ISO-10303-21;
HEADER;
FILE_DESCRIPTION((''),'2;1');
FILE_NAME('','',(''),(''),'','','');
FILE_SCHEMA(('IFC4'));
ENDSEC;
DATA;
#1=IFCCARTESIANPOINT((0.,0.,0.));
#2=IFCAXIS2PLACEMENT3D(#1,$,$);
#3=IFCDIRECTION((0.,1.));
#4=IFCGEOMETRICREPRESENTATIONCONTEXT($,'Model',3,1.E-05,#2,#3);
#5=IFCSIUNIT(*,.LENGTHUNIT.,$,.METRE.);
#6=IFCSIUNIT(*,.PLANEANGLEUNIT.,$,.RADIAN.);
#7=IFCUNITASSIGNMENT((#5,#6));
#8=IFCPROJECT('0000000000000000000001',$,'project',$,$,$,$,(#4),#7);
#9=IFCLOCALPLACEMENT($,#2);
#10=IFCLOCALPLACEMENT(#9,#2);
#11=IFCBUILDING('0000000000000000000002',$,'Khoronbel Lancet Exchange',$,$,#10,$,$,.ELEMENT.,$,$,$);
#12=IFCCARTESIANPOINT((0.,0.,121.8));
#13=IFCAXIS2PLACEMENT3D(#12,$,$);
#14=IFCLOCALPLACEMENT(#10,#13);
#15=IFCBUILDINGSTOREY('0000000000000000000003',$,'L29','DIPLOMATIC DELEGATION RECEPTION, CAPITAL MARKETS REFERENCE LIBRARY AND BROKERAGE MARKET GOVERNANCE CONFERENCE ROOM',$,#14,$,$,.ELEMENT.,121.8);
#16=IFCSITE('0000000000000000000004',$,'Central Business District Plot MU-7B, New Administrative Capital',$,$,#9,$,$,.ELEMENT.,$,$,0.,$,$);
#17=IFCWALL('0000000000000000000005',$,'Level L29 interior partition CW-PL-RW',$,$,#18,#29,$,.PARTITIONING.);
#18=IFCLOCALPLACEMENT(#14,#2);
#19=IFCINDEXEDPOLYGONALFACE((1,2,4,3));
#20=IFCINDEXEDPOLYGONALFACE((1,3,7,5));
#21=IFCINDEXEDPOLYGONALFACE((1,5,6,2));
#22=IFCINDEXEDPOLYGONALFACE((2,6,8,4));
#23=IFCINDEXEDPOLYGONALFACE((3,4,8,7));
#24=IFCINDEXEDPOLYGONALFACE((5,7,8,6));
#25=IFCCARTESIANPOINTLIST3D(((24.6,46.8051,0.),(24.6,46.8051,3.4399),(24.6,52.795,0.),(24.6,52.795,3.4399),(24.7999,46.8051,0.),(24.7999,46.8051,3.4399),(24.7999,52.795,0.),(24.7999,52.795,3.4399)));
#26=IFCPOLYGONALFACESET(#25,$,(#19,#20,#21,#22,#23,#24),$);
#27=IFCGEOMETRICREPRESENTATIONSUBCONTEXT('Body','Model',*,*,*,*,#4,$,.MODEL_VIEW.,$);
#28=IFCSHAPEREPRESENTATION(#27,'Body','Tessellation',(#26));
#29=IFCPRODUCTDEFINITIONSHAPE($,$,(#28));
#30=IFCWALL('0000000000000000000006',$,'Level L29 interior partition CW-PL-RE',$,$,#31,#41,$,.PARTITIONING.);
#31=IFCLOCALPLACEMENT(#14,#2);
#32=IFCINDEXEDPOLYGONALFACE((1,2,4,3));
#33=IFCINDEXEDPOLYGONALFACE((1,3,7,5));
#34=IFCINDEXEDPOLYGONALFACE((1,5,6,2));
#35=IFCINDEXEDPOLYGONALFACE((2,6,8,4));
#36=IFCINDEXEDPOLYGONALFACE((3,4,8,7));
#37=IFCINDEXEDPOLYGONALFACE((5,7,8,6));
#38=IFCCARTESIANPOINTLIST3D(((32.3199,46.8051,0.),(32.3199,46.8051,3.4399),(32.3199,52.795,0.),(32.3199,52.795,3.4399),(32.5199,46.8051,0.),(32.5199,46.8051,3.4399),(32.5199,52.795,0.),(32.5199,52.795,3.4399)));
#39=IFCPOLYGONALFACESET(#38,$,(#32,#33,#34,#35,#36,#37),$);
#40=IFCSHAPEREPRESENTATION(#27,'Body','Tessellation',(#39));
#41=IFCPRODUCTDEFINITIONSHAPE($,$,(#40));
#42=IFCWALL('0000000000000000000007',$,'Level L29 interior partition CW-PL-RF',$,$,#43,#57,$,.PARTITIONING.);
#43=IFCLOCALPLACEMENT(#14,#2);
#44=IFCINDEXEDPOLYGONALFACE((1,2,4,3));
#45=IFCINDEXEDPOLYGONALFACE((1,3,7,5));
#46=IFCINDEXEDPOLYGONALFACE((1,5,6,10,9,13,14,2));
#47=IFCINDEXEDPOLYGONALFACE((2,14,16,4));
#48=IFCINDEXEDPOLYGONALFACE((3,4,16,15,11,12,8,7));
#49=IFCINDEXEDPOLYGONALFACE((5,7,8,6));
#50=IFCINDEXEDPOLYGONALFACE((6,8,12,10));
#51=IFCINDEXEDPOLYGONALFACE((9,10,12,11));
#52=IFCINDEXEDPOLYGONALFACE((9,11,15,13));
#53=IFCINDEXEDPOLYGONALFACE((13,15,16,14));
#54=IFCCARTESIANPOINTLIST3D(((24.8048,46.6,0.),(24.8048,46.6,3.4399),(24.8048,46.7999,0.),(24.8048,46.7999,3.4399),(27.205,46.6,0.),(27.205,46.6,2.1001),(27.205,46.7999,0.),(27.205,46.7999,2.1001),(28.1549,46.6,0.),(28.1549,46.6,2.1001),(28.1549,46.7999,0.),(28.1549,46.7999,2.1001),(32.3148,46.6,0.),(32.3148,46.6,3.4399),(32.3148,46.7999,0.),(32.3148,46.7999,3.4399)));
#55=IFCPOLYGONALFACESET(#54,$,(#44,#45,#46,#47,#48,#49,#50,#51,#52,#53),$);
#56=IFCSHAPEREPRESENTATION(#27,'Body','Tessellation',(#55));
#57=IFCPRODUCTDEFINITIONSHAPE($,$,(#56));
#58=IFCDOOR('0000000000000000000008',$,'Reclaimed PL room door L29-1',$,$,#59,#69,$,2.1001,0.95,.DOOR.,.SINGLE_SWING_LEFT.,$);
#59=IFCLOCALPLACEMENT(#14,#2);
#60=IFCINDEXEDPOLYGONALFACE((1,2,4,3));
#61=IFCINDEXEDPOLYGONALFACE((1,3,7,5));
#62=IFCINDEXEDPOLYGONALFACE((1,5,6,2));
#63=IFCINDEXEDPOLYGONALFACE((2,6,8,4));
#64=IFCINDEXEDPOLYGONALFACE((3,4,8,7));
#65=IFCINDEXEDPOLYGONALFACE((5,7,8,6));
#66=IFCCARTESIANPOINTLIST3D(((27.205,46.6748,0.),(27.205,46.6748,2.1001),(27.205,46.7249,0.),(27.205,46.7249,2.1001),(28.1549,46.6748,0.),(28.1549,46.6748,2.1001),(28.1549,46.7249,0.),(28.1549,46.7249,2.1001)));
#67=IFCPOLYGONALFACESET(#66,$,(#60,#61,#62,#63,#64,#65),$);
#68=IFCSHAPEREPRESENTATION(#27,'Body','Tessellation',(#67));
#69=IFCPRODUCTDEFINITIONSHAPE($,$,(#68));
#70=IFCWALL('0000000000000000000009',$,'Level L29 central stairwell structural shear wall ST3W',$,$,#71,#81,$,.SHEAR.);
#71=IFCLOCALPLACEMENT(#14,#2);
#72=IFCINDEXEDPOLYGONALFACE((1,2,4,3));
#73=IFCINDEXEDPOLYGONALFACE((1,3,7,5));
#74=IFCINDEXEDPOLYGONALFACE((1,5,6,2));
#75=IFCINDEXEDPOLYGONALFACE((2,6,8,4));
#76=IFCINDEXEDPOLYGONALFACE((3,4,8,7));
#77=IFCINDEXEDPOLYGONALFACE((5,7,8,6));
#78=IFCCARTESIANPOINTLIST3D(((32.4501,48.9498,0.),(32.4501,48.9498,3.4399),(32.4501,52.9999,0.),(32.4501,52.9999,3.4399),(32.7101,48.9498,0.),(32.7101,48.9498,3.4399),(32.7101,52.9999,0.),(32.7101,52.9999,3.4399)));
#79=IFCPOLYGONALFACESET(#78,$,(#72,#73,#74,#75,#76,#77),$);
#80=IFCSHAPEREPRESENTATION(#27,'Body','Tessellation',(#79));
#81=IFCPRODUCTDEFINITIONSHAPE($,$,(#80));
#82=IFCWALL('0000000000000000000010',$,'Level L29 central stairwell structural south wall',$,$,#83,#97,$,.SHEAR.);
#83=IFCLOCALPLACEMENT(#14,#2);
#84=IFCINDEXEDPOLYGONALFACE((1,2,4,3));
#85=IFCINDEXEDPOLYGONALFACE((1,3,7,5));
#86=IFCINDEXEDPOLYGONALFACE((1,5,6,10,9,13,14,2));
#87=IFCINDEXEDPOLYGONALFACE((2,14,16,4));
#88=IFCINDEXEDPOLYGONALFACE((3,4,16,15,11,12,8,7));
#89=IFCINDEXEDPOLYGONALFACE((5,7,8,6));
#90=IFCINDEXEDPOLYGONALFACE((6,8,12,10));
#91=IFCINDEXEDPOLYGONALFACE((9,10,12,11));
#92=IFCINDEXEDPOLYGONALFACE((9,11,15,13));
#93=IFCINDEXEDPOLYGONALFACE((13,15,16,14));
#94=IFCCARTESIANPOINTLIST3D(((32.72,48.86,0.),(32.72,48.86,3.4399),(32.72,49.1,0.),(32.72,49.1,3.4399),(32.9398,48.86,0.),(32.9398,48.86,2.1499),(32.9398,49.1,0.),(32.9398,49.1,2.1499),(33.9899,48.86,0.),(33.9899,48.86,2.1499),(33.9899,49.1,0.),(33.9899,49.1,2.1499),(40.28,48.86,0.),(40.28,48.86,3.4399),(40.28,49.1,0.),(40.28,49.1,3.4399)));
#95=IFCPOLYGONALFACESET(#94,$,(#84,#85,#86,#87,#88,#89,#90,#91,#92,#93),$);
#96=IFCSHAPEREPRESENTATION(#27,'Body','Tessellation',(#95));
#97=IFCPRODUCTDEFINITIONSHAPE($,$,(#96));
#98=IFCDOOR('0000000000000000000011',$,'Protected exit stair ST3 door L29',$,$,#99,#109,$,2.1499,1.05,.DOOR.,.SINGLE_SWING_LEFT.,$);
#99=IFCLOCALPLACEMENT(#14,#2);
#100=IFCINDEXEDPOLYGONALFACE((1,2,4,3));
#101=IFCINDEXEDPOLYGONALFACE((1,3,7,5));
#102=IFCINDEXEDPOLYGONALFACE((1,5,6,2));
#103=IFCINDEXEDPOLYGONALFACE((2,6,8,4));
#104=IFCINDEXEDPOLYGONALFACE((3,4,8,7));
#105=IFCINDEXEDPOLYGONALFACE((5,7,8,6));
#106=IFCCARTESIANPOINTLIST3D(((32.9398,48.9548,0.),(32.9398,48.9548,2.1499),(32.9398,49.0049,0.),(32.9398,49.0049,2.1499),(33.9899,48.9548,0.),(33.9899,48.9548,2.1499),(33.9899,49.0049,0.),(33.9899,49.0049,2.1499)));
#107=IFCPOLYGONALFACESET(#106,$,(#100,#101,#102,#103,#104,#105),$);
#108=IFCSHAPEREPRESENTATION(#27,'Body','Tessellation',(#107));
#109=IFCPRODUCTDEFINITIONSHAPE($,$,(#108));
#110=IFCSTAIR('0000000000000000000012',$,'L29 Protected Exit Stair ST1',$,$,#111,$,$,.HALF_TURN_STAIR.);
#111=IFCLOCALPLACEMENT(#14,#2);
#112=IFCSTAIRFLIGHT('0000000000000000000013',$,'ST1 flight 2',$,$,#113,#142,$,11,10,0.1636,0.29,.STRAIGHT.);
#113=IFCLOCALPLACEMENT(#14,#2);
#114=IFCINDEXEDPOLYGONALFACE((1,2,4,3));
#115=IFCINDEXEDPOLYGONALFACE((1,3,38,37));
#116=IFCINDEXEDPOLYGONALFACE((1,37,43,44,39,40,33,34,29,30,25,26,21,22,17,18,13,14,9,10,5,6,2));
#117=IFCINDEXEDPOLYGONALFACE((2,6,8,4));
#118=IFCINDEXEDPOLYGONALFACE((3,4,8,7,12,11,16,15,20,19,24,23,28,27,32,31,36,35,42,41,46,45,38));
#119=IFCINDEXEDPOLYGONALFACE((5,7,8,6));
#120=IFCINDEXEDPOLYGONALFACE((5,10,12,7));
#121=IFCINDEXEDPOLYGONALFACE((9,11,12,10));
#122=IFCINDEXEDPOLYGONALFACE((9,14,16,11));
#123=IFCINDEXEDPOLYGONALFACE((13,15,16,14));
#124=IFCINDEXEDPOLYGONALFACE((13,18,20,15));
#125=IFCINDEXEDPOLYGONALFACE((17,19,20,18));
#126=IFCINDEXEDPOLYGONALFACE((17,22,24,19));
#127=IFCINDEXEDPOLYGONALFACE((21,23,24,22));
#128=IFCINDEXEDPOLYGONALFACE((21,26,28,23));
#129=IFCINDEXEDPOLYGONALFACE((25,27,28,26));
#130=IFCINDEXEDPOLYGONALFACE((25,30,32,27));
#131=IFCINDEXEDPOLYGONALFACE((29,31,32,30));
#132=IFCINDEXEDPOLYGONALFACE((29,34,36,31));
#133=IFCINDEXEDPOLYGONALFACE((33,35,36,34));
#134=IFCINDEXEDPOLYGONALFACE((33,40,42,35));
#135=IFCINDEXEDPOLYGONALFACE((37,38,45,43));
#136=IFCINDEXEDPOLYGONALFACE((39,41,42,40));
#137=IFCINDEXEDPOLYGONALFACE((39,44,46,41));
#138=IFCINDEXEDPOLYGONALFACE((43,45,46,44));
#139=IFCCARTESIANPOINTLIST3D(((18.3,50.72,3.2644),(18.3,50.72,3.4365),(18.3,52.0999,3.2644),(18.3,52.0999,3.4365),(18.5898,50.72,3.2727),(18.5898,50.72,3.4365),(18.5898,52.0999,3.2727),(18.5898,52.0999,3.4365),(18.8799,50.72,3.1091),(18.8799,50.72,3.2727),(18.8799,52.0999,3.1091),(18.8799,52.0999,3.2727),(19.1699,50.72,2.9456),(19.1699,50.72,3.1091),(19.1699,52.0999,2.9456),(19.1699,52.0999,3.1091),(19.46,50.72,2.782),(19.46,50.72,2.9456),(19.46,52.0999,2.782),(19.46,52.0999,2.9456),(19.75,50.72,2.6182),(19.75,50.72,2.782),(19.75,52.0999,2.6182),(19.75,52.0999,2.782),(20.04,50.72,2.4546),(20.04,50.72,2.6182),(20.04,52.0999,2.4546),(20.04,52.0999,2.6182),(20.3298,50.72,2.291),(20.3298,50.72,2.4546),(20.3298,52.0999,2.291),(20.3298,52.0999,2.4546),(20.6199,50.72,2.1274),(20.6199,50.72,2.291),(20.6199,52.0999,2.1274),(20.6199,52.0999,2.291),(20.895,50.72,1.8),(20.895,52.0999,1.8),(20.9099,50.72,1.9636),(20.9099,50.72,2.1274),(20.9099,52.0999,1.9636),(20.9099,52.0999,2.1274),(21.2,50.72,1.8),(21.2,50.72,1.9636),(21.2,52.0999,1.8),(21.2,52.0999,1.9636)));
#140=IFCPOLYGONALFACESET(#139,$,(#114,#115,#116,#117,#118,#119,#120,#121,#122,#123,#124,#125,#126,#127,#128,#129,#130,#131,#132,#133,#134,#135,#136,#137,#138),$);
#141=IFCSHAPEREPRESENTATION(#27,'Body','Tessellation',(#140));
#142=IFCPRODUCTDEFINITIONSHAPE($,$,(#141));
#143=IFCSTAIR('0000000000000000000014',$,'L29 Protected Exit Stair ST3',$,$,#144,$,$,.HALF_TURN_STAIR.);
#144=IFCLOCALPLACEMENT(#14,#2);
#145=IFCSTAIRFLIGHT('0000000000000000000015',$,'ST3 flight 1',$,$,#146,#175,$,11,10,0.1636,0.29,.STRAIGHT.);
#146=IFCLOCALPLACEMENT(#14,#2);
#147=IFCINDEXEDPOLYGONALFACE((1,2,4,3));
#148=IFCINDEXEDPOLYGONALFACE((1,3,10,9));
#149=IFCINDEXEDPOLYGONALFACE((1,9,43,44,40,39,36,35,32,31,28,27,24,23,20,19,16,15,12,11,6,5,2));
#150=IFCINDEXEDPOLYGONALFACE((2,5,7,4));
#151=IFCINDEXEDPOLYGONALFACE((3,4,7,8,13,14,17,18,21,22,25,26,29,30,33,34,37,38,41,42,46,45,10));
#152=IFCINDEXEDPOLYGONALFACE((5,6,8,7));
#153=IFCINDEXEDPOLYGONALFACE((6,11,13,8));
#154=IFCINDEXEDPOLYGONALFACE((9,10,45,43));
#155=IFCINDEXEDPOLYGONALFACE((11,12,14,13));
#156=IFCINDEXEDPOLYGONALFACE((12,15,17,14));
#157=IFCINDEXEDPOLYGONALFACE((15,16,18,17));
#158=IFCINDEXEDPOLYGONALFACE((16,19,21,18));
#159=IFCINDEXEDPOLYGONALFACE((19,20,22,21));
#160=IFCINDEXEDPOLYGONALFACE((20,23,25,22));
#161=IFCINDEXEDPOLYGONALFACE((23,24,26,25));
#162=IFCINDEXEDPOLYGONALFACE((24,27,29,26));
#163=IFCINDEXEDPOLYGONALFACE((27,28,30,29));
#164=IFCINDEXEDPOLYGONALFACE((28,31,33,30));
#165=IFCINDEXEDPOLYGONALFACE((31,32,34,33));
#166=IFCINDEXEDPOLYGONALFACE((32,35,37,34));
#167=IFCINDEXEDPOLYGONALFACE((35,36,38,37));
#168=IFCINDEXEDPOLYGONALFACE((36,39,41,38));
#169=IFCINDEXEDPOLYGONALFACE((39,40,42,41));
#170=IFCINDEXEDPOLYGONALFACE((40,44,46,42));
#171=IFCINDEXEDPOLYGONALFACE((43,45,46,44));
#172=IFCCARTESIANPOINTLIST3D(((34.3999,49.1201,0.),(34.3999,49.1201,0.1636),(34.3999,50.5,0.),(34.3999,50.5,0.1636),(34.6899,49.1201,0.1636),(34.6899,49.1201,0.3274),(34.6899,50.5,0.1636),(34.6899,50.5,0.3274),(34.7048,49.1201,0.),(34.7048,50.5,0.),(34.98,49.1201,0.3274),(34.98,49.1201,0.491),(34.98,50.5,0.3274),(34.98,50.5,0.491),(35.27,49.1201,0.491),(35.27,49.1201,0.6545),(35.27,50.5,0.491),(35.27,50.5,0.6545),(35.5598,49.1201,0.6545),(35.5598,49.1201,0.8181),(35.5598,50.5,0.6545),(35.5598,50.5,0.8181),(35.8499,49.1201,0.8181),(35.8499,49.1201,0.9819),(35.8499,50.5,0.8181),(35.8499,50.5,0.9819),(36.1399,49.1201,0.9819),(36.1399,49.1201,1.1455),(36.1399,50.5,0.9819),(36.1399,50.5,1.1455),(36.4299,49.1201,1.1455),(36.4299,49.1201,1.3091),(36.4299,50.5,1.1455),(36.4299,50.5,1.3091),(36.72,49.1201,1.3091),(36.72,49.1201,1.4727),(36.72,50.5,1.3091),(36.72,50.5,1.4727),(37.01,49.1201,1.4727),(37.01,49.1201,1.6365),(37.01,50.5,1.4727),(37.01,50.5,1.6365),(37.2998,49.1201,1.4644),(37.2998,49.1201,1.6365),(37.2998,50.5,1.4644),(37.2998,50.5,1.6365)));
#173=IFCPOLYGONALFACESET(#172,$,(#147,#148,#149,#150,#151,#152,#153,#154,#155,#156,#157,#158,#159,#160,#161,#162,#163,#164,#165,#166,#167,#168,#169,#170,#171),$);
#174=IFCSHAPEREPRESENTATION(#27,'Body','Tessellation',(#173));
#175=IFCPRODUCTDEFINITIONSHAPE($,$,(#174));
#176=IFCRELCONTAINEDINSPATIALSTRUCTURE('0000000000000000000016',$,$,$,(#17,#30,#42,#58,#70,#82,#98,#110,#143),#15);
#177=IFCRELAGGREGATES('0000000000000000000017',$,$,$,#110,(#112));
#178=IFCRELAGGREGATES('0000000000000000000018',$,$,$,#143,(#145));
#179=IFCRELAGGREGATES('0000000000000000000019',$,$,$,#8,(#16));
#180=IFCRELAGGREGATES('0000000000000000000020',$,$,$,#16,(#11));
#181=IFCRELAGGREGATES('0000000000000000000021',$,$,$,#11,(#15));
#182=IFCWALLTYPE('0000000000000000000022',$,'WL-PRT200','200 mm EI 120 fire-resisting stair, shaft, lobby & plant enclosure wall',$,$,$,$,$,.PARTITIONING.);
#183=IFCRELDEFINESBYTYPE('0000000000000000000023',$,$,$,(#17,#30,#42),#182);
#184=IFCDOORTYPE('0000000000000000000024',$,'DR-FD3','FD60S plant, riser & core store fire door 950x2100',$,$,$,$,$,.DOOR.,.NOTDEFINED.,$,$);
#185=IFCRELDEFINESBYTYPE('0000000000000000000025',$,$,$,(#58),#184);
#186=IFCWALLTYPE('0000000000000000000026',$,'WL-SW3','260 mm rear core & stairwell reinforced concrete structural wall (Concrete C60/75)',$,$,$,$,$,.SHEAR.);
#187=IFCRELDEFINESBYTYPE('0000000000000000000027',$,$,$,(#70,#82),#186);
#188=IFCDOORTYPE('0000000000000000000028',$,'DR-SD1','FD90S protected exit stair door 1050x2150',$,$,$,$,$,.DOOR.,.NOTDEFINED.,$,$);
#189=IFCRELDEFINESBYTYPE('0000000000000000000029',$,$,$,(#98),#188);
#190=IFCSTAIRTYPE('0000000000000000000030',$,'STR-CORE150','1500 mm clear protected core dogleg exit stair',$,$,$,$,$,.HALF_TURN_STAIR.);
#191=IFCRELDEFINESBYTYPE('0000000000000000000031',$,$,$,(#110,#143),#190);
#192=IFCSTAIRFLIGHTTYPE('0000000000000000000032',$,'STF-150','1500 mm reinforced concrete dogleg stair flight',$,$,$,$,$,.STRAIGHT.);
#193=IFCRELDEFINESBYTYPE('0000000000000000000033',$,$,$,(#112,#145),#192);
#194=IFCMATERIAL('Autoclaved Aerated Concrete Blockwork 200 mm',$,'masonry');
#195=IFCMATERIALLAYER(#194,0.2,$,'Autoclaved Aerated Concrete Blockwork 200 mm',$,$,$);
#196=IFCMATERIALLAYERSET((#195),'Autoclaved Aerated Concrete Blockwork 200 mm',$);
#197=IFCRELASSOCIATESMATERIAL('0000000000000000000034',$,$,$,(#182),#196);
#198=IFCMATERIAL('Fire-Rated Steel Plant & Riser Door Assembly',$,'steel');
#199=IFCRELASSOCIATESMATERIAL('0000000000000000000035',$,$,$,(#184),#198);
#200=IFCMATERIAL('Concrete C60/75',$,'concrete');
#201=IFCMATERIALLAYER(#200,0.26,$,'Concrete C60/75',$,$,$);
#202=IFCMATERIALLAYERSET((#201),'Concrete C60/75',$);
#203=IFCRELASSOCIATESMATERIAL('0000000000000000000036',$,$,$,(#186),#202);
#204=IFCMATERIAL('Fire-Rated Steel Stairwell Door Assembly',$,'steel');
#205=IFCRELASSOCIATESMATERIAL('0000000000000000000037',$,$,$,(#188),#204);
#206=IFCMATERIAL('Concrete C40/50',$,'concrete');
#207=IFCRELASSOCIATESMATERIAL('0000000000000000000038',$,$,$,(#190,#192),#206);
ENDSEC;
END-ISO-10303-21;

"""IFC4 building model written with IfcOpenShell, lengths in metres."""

from ifc_helpers import new_model, si_unit, direction, frame, frame_2d, origin, place, context, subcontext, project, spatial, polyline, rectangle, outline, extrude, material, layer, layer_set, type_object, element, fill, aggregate, save


model = new_model("IFC4")

# Units and contexts
model_context = context("Model", 3, precision=1e-05, world=origin(), true_north=direction((0.0, 1.0)))
body_context = subcontext(model_context, "Body", "Model", "MODEL_VIEW")
ifc_project = project(units=[si_unit("LENGTHUNIT", "METRE"), si_unit("PLANEANGLEUNIT", "RADIAN")], contexts=[model_context])

# Site, building, storey
site_placement = place(None, origin())
site = spatial("IfcSite", under=ifc_project, at=site_placement, Name="Central Business District Plot MU-7B, New Administrative Capital", CompositionType="ELEMENT", RefElevation=0.0)
building_placement = place(site_placement, origin())
building = spatial("IfcBuilding", under=site, at=building_placement, Name="Khoronbel Lancet Exchange", CompositionType="ELEMENT")
storey_placement = place(building_placement, frame((0.0, 0.0, 121.8)))
storey = spatial("IfcBuildingStorey", under=building, at=storey_placement, Name="L29", Description="DIPLOMATIC DELEGATION RECEPTION, CAPITAL MARKETS REFERENCE LIBRARY AND BROKERAGE MARKET GOVERNANCE CONFERENCE ROOM", CompositionType="ELEMENT", Elevation=121.8)

# Shared definitions
ifc_material_1 = material(Name="Autoclaved Aerated Concrete Blockwork 200 mm", Category="masonry")
ifc_layer_1 = layer(ifc_material_1, 0.2, Name="Autoclaved Aerated Concrete Blockwork 200 mm")
ifc_layer_set_1 = layer_set([ifc_layer_1], Name="Autoclaved Aerated Concrete Blockwork 200 mm")
wall_type_1 = type_object("IfcWallType", Name="WL-PRT200", Description="200 mm EI 120 fire-resisting stair, shaft, lobby & plant enclosure wall", PredefinedType="PARTITIONING", material=ifc_layer_set_1)

# Walls
for number, where, z_axis, x_axis, name in (
    (1, (24.7, 46.8049, 0.0), (0.0, 0.0, 1.0), (0.0, 1.0, 0.0), "Level L29 interior partition CW-PL-RW"),
    (2, (32.4199, 46.8049, 0.0), (0.0, 0.0, 1.0), (0.0, 1.0, 0.0), "Level L29 interior partition CW-PL-RE"),
):
    element("IfcWall", number, at=place(storey_placement, frame(where, z_axis=z_axis, x_axis=x_axis)), inside=storey, type_object=wall_type_1, Name=name, PredefinedType="PARTITIONING", context=body_context, shape_type="SweptSolid", body=[
        extrude(rectangle(XDim=5.99, YDim=0.2, at=frame_2d((2.9951, 0.0))), origin(), (0.0, 0.0, 1.0), 3.4399),
    ])

# Wall, opening, door
wall_1_placement = place(storey_placement, frame((24.8049, 46.7, 0.0), z_axis=(0.0, 0.0, 1.0), x_axis=(1.0, 0.0, 0.0)))
wall_1 = element("IfcWall", 3, at=wall_1_placement, inside=storey, type_object=wall_type_1, Name="Level L29 interior partition CW-PL-RF", PredefinedType="PARTITIONING", context=body_context, shape_type="SweptSolid", body=[
    extrude(rectangle(XDim=7.51, YDim=0.2, at=frame_2d((3.7549, 0.0))), origin(), (0.0, 0.0, 1.0), 3.4399),
])
opening_1_placement = place(wall_1_placement, frame((2.3999, 0.0, 0.0)))
opening_1 = element("IfcOpeningElement", 4, at=opening_1_placement, cuts=wall_1, PredefinedType="OPENING", context=body_context, shape_type="SweptSolid", body=[
    extrude(rectangle(XDim=0.95, YDim=2.1001, at=frame_2d((0.4751, 1.05))), frame((0.0, 0.1099, 0.0), z_axis=(0.0, -1.0, 0.0), x_axis=(1.0, 0.0, 0.0)), (0.0, 0.0, 1.0), 0.22),
])
ifc_material_2 = material(Name="Fire-Rated Steel Plant & Riser Door Assembly", Category="steel")
door_type_1 = type_object("IfcDoorType", Name="DR-FD3", Description="FD60S plant, riser & core store fire door 950x2100", OperationType="NOTDEFINED", PredefinedType="DOOR", material=ifc_material_2)
door_1_placement = place(opening_1_placement, origin())
door_1 = element("IfcDoor", 5, at=door_1_placement, inside=storey, type_object=door_type_1, Name="Reclaimed PL room door L29-1", OperationType="SINGLE_SWING_LEFT", OverallHeight=2.1001, OverallWidth=0.95, PredefinedType="DOOR", context=body_context, shape_type="SweptSolid", body=[
    extrude(rectangle(XDim=0.95, YDim=2.1001, at=frame_2d((0.4751, 1.05))), frame((0.0, 0.0249, 0.0), z_axis=(0.0, -1.0, 0.0), x_axis=(1.0, 0.0, 0.0)), (0.0, 0.0, 1.0), 0.05),
])
fill(opening_1, door_1)

# Wall
ifc_material_3 = material(Name="Concrete C60/75", Category="concrete")
ifc_layer_2 = layer(ifc_material_3, 0.26, Name="Concrete C60/75")
ifc_layer_set_2 = layer_set([ifc_layer_2], Name="Concrete C60/75")
wall_type_2 = type_object("IfcWallType", Name="WL-SW3", Description="260 mm rear core & stairwell reinforced concrete structural wall (Concrete C60/75)", PredefinedType="SHEAR", material=ifc_layer_set_2)
wall_2_placement = place(storey_placement, frame((32.5801, 48.95, 0.0), z_axis=(0.0, 0.0, 1.0), x_axis=(0.0, 1.0, 0.0)))
element("IfcWall", 6, at=wall_2_placement, inside=storey, type_object=wall_type_2, Name="Level L29 central stairwell structural shear wall ST3W", PredefinedType="SHEAR", context=body_context, shape_type="SweptSolid", body=[
    extrude(rectangle(XDim=4.05, YDim=0.26, at=frame_2d((2.0249, 0.0))), origin(), (0.0, 0.0, 1.0), 3.4399),
])

# Wall, opening, door
wall_3_placement = place(storey_placement, frame((32.72, 48.98, 0.0), z_axis=(0.0, 0.0, 1.0), x_axis=(1.0, 0.0, 0.0)))
wall_3 = element("IfcWall", 7, at=wall_3_placement, inside=storey, type_object=wall_type_2, Name="Level L29 central stairwell structural south wall", PredefinedType="SHEAR", context=body_context, shape_type="SweptSolid", body=[
    extrude(rectangle(XDim=7.5601, YDim=0.24, at=frame_2d((3.78, 0.0))), origin(), (0.0, 0.0, 1.0), 3.4399),
])
opening_2_placement = place(wall_3_placement, frame((0.22, 0.0, 0.0)))
opening_2 = element("IfcOpeningElement", 8, at=opening_2_placement, cuts=wall_3, PredefinedType="OPENING", context=body_context, shape_type="SweptSolid", body=[
    extrude(rectangle(XDim=1.05, YDim=2.1499, at=frame_2d((0.5249, 1.075))), frame((0.0, 0.1299, 0.0), z_axis=(0.0, -1.0, 0.0), x_axis=(1.0, 0.0, 0.0)), (0.0, 0.0, 1.0), 0.26),
])
ifc_material_4 = material(Name="Fire-Rated Steel Stairwell Door Assembly", Category="steel")
door_type_2 = type_object("IfcDoorType", Name="DR-SD1", Description="FD90S protected exit stair door 1050x2150", OperationType="NOTDEFINED", PredefinedType="DOOR", material=ifc_material_4)
door_2_placement = place(opening_2_placement, origin())
door_2 = element("IfcDoor", 9, at=door_2_placement, inside=storey, type_object=door_type_2, Name="Protected exit stair ST3 door L29", OperationType="SINGLE_SWING_LEFT", OverallHeight=2.1499, OverallWidth=1.05, PredefinedType="DOOR", context=body_context, shape_type="SweptSolid", body=[
    extrude(rectangle(XDim=1.05, YDim=2.1499, at=frame_2d((0.5249, 1.075))), frame((0.0, 0.0249, 0.0), z_axis=(0.0, -1.0, 0.0), x_axis=(1.0, 0.0, 0.0)), (0.0, 0.0, 1.0), 0.05),
])
fill(opening_2, door_2)

# Stairs, stair flights
ifc_material_5 = material(Name="Concrete C40/50", Category="concrete")
stair_type = type_object("IfcStairType", Name="STR-CORE150", Description="1500 mm clear protected core dogleg exit stair", PredefinedType="HALF_TURN_STAIR", material=ifc_material_5)
stair_1_placement = place(storey_placement, origin())
stair_1 = element("IfcStair", 10, at=stair_1_placement, inside=storey, type_object=stair_type, Name="L29 Protected Exit Stair ST1", PredefinedType="HALF_TURN_STAIR")
stair_flight_type = type_object("IfcStairFlightType", Name="STF-150", Description="1500 mm reinforced concrete dogleg stair flight", PredefinedType="STRAIGHT", material=ifc_material_5)
stair_flight_1_placement = place(storey_placement, frame((21.2, 51.4099, 1.8), z_axis=(0.0, 0.0, 1.0), x_axis=(-1.0, 0.0, 0.0)))
stair_flight_1 = element("IfcStairFlight", 11, at=stair_flight_1_placement, type_object=stair_flight_type, Name="ST1 flight 2", NumberOfRisers=11, NumberOfTreads=10, PredefinedType="STRAIGHT", RiserHeight=0.1636, TreadLength=0.29, context=body_context, shape_type="SweptSolid", body=[
    extrude(outline(polyline([(0.0, 0.0), (0.0, 0.1636), (0.29, 0.1636), (0.29, 0.3274), (0.5801, 0.3274), (0.5801, 0.491), (0.8701, 0.491), (0.8701, 0.6545), (1.1599, 0.6545), (1.1599, 0.8181), (1.45, 0.8181), (1.45, 0.9819), (1.74, 0.9819), (1.74, 1.1455), (2.03, 1.1455), (2.03, 1.3091), (2.3201, 1.3091), (2.3201, 1.4727), (2.6101, 1.4727), (2.6101, 1.6365), (2.8999, 1.6365), (2.8999, 1.8), (2.8999, 1.4644), (0.3049, 0.0), (0.0, 0.0)])), frame((0.0, 0.6899, 0.0), z_axis=(0.0, -1.0, 0.0), x_axis=(1.0, 0.0, 0.0)), (0.0, 0.0, 1.0), 1.3799),
])
aggregate(stair_1, [stair_flight_1])
stair_2_placement = place(storey_placement, origin())
stair_2 = element("IfcStair", 12, at=stair_2_placement, inside=storey, type_object=stair_type, Name="L29 Protected Exit Stair ST3", PredefinedType="HALF_TURN_STAIR")
stair_flight_2_placement = place(storey_placement, frame((34.3999, 49.8101, 0.0), z_axis=(0.0, 0.0, 1.0), x_axis=(1.0, 0.0, 0.0)))
stair_flight_2 = element("IfcStairFlight", 13, at=stair_flight_2_placement, type_object=stair_flight_type, Name="ST3 flight 1", NumberOfRisers=11, NumberOfTreads=10, PredefinedType="STRAIGHT", RiserHeight=0.1636, TreadLength=0.29, context=body_context, shape_type="SweptSolid", body=[
    extrude(outline(polyline([(0.0, 0.0), (0.0, 0.1636), (0.29, 0.1636), (0.29, 0.3274), (0.5801, 0.3274), (0.5801, 0.491), (0.8701, 0.491), (0.8701, 0.6545), (1.1599, 0.6545), (1.1599, 0.8181), (1.45, 0.8181), (1.45, 0.9819), (1.74, 0.9819), (1.74, 1.1455), (2.03, 1.1455), (2.03, 1.3091), (2.3201, 1.3091), (2.3201, 1.4727), (2.6101, 1.4727), (2.6101, 1.6365), (2.8999, 1.6365), (2.8999, 1.8), (2.8999, 1.4644), (0.3049, 0.0), (0.0, 0.0)])), frame((0.0, 0.6899, 0.0), z_axis=(0.0, -1.0, 0.0), x_axis=(1.0, 0.0, 0.0)), (0.0, 0.0, 1.0), 1.3799),
])
aggregate(stair_2, [stair_flight_2])

save(model, "model.ifc")
